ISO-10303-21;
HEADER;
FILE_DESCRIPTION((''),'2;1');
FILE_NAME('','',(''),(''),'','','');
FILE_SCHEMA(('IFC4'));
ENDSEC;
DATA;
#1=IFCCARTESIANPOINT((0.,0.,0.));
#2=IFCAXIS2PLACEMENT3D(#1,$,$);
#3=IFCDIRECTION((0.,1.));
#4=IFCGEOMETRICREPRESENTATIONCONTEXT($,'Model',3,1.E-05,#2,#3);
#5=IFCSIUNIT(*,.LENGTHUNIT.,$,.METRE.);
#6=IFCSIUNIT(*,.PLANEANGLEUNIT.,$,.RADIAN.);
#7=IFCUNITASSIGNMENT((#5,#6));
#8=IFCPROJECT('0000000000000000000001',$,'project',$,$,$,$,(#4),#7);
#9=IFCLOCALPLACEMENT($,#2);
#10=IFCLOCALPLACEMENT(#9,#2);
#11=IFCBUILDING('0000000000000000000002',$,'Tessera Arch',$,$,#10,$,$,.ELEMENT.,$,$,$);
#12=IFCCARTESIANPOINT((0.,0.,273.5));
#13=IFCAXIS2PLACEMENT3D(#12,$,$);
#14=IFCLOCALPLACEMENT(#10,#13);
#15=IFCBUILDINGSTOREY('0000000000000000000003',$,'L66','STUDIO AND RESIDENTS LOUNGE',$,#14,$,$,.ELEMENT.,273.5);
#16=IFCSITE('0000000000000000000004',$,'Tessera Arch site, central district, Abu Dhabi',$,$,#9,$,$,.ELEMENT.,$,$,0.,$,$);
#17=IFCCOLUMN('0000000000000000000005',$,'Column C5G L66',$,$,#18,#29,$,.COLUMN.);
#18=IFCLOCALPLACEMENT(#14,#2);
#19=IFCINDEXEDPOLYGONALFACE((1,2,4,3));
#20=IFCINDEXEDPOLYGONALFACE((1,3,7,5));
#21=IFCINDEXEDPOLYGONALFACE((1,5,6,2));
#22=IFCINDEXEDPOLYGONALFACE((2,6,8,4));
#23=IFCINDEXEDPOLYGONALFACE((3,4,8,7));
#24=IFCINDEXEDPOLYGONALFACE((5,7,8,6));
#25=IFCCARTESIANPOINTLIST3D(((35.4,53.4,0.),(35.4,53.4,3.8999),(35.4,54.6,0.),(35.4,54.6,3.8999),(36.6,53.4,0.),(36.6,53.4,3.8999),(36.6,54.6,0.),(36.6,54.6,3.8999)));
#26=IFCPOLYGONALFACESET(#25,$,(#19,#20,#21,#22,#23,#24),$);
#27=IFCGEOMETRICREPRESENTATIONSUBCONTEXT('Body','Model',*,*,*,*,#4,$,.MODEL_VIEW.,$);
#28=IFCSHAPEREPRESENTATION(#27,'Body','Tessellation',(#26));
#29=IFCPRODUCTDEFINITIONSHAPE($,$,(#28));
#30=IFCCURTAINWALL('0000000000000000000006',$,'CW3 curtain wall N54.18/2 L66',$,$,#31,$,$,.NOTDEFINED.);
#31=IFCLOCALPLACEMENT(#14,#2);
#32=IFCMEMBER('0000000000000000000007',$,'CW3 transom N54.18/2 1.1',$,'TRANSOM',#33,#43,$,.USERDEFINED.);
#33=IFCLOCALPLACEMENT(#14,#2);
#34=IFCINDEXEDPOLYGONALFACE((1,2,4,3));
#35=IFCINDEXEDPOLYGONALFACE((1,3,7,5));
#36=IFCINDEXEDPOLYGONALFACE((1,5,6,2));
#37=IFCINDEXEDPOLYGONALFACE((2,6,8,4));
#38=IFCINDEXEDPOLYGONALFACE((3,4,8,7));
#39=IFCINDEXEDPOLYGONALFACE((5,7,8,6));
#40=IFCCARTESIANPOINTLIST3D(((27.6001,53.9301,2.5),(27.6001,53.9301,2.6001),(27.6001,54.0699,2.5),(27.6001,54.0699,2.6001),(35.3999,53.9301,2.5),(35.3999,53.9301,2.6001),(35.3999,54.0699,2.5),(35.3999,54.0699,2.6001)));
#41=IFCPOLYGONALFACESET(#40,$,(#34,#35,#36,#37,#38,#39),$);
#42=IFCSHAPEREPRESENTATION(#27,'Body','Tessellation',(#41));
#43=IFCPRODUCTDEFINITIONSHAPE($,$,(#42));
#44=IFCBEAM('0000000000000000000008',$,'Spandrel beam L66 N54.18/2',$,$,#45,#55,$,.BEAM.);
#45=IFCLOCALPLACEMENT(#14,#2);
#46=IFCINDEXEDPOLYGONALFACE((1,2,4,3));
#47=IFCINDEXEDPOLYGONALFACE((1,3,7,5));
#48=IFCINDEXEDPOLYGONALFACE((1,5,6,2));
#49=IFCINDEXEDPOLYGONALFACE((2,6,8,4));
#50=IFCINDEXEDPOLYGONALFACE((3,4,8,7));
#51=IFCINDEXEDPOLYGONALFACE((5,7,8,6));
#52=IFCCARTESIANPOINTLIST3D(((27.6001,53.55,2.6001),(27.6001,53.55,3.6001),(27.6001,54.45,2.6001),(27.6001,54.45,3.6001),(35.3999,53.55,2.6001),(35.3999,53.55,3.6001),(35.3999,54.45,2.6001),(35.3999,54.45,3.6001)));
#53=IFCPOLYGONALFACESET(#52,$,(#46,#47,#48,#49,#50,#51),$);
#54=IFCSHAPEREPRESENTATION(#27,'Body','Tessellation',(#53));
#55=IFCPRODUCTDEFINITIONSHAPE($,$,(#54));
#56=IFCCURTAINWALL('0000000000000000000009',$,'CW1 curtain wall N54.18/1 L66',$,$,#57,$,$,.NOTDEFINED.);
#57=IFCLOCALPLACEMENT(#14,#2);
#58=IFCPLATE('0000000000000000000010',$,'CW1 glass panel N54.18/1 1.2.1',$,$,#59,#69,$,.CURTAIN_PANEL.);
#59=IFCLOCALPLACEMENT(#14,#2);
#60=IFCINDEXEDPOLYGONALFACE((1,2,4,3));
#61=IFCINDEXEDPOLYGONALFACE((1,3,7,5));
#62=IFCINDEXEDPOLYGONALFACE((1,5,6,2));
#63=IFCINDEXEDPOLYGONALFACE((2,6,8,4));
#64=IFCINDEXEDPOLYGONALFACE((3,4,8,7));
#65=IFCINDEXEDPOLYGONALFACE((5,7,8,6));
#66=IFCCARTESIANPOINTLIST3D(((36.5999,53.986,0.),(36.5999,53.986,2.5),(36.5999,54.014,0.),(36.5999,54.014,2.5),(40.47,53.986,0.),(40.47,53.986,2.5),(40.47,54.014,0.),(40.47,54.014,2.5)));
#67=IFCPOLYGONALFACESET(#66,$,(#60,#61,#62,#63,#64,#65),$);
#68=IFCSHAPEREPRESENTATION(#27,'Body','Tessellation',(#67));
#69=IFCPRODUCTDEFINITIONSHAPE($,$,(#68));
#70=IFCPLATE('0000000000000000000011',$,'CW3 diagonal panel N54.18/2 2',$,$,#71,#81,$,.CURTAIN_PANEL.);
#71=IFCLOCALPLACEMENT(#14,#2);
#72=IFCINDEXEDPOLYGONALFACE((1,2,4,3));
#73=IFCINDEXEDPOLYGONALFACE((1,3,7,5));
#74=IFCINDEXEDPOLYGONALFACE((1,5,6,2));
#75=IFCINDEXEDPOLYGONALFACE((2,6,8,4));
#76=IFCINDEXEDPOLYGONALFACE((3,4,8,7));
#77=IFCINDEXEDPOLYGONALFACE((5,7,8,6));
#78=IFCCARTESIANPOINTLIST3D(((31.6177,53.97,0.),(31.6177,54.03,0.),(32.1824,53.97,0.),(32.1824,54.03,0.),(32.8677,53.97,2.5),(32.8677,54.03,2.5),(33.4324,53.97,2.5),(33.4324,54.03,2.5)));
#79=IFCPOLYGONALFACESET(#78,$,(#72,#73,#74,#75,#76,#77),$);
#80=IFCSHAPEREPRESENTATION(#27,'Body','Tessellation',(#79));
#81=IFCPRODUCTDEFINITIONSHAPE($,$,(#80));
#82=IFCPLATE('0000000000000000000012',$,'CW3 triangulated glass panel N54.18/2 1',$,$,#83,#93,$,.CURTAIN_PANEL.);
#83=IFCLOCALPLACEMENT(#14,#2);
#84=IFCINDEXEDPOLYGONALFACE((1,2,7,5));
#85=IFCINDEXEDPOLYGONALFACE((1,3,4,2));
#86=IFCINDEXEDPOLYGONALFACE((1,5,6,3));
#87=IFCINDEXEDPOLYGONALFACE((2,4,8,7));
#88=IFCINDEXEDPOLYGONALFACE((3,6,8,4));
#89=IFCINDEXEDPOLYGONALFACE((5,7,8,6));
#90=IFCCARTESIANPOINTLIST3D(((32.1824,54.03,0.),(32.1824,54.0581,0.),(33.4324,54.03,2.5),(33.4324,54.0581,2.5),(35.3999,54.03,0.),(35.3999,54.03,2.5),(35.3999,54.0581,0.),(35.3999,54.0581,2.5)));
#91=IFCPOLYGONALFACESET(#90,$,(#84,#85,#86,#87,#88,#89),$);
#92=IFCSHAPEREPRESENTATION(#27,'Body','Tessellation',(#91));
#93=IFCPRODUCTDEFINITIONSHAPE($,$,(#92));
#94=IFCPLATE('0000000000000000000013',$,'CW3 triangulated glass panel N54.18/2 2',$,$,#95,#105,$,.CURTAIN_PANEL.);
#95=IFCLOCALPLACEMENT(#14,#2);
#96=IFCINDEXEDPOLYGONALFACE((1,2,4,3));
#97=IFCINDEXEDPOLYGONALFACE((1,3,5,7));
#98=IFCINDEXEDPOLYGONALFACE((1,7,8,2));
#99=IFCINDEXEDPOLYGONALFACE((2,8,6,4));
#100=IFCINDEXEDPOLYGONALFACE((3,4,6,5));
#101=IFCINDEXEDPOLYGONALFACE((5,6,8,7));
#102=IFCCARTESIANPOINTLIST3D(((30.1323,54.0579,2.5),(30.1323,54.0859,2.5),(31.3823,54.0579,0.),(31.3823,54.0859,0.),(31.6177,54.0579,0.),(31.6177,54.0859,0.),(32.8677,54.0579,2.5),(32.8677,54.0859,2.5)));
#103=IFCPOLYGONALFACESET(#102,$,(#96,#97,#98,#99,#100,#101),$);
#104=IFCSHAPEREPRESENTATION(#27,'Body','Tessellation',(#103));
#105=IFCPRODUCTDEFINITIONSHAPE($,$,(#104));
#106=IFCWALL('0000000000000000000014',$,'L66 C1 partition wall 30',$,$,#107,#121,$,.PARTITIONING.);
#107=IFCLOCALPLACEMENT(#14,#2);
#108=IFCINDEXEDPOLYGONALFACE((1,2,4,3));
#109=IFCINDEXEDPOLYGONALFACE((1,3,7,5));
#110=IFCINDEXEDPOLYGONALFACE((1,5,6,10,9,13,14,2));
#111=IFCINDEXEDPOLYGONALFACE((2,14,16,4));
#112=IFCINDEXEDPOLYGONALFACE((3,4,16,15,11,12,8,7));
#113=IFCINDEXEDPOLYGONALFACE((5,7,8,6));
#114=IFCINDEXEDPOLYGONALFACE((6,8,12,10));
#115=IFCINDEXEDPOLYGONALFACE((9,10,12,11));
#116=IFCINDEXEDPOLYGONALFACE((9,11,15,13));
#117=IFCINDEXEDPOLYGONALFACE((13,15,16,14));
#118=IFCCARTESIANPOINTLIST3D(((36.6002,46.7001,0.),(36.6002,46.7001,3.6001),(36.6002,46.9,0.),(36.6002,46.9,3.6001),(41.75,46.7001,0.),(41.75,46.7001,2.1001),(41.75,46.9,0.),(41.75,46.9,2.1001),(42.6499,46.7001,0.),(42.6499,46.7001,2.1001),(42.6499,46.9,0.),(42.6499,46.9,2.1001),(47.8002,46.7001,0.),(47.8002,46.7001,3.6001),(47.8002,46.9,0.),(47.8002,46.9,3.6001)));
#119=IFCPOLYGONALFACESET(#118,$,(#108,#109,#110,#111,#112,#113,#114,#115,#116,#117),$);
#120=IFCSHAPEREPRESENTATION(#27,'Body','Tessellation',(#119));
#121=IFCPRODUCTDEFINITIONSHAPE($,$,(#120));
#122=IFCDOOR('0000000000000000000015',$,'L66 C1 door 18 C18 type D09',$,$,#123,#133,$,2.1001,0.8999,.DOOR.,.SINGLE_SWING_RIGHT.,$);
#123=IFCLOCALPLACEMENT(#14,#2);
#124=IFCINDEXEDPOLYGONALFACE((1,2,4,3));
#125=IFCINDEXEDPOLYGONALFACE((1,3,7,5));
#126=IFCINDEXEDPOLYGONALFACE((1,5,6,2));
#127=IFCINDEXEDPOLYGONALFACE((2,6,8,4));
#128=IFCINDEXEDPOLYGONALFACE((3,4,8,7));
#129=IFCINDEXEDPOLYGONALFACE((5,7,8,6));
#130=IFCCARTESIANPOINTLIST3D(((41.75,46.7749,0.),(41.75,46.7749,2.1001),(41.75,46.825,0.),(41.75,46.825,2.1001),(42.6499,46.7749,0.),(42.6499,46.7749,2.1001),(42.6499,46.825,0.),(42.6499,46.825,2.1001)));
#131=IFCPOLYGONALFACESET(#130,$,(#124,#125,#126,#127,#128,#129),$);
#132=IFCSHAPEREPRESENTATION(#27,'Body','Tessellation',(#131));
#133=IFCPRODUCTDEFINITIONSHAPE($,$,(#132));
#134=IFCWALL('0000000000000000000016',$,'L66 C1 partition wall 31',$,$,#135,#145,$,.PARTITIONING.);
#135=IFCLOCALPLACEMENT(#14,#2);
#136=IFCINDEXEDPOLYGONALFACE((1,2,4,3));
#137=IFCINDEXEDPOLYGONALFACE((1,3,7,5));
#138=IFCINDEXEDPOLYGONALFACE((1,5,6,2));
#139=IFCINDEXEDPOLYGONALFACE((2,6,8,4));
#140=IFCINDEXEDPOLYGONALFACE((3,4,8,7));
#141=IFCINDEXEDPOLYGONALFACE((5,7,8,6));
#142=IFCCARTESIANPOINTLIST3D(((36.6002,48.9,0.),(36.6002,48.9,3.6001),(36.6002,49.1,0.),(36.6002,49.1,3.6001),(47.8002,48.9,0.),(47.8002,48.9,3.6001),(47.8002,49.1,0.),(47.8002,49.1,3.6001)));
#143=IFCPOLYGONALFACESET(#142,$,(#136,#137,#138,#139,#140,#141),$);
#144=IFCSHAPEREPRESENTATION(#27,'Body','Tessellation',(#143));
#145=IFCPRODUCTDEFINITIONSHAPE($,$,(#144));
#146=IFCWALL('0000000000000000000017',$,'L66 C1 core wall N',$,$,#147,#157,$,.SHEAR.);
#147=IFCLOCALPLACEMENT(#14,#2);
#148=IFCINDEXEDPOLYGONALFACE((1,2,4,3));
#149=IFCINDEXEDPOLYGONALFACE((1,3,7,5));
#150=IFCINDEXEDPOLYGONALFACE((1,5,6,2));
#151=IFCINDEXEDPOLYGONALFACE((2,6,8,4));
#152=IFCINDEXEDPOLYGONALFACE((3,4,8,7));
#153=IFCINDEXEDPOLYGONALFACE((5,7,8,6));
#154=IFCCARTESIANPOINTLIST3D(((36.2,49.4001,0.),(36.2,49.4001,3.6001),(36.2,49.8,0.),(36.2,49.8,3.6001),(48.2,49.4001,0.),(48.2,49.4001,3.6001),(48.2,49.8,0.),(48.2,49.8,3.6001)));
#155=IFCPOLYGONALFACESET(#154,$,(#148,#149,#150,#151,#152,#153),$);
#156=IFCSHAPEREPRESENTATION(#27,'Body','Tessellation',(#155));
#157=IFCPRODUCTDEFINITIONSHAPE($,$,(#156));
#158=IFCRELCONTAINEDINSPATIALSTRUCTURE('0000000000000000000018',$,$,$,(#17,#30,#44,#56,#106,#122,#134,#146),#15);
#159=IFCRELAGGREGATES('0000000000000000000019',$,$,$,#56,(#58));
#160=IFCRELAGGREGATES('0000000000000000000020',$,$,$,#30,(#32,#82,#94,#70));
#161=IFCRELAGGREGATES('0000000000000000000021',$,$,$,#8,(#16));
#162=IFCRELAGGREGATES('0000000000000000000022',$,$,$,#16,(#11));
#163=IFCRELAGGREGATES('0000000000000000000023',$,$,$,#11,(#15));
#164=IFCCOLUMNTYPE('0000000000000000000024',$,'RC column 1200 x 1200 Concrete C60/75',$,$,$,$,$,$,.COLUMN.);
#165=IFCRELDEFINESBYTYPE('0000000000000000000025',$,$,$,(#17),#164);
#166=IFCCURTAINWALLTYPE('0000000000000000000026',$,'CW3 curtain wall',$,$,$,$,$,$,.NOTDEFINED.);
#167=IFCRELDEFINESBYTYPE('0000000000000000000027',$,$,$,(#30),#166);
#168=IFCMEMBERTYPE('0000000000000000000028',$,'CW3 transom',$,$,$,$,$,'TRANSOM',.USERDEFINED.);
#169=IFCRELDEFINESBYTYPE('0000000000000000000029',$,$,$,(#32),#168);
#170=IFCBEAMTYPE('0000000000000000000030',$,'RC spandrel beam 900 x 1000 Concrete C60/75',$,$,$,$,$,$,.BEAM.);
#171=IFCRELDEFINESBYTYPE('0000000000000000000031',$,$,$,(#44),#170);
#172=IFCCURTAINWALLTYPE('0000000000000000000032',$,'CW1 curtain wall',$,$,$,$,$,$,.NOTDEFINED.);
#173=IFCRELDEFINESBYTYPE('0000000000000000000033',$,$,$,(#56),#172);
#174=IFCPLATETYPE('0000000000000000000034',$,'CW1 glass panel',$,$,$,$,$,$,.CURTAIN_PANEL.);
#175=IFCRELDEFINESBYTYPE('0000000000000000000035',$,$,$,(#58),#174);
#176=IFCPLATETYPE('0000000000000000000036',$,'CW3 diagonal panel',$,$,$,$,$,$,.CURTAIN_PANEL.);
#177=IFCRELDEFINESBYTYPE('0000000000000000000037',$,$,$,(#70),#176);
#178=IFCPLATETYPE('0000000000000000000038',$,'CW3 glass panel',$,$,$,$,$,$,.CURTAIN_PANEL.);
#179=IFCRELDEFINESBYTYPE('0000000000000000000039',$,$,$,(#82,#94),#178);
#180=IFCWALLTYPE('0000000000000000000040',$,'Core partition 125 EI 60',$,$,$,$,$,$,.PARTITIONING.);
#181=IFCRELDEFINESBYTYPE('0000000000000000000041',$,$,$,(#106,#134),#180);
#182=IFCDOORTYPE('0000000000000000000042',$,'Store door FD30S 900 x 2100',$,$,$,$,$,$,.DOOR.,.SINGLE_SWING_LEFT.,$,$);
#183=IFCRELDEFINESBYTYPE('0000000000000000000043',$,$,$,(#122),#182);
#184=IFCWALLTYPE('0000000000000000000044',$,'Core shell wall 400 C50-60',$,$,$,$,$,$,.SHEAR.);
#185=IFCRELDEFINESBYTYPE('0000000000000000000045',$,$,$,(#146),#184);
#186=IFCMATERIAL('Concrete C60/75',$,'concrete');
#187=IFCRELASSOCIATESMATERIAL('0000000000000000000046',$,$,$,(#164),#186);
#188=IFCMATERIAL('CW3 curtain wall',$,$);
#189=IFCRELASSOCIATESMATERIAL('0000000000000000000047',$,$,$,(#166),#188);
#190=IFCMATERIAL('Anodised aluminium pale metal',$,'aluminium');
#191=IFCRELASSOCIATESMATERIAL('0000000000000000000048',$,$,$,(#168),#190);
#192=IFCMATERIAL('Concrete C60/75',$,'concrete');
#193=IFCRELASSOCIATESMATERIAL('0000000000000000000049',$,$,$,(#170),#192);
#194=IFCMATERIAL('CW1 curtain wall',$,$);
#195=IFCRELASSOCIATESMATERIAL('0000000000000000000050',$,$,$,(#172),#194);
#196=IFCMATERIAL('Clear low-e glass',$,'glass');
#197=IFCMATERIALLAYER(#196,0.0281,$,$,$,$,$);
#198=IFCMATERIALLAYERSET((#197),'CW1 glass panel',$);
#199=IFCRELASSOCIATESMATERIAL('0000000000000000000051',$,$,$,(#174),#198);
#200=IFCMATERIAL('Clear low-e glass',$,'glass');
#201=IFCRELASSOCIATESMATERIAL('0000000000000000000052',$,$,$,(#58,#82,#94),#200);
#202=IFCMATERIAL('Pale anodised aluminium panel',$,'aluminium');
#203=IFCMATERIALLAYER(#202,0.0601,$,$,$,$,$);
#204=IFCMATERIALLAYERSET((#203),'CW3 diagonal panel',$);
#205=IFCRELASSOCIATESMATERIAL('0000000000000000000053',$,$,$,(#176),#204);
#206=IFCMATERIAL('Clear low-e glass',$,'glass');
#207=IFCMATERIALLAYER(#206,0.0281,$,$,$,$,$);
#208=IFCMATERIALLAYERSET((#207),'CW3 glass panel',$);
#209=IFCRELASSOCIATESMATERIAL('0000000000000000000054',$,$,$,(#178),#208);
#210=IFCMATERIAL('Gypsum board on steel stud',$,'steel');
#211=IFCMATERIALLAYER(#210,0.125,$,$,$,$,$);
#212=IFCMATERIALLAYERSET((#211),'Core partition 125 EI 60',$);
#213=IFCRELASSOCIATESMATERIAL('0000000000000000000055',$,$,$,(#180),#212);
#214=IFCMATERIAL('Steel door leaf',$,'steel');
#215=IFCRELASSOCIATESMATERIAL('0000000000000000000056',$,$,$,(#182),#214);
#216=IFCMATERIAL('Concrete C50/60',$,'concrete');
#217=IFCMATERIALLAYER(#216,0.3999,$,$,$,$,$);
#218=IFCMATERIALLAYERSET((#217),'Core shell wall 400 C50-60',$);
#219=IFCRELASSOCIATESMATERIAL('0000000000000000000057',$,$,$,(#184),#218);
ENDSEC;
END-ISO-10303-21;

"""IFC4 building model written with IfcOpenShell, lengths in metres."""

from ifc_helpers import new_model, si_unit, direction, frame, frame_2d, origin, origin_2d, place, context, subcontext, project, spatial, polyline, rectangle, outline, extrude, material, layer, layer_set, material_profile, profile_set, type_object, element, fill, aggregate, save


model = new_model("IFC4")

# Units and contexts
model_context = context("Model", 3, precision=1e-05, world=origin(), true_north=direction((0.0, 1.0)))
body_context = subcontext(model_context, "Body", "Model", "MODEL_VIEW")
ifc_project = project(units=[si_unit("LENGTHUNIT", "METRE"), si_unit("PLANEANGLEUNIT", "RADIAN")], contexts=[model_context])

# Site, building, storey
site_placement = place(None, origin())
site = spatial("IfcSite", under=ifc_project, at=site_placement, Name="Tessera Arch site, central district, Abu Dhabi", CompositionType="ELEMENT", RefElevation=0.0)
building_placement = place(site_placement, origin())
building = spatial("IfcBuilding", under=site, at=building_placement, Name="Tessera Arch", CompositionType="ELEMENT")
storey_placement = place(building_placement, frame((0.0, 0.0, 273.5)))
storey = spatial("IfcBuildingStorey", under=building, at=storey_placement, Name="L66", Description="STUDIO AND RESIDENTS LOUNGE", CompositionType="ELEMENT", Elevation=273.5)

# Column
ifc_material_1 = material(Name="Concrete C60/75", Category="concrete")
ifc_material_profile_1 = material_profile(ifc_material_1, rectangle(XDim=1.2, YDim=1.2, at=origin_2d()), Name="RC column 1200 x 1200 Concrete C60/75")
ifc_profile_set_1 = profile_set([ifc_material_profile_1], Name="Concrete C60/75")
column_type = type_object("IfcColumnType", Name="RC column 1200 x 1200 Concrete C60/75", PredefinedType="COLUMN", material=ifc_profile_set_1)
column_placement = place(storey_placement, frame((36.0, 54.0, 0.0), z_axis=(0.0, 0.0, 1.0), x_axis=(1.0, 0.0, 0.0)))
element("IfcColumn", 1, at=column_placement, inside=storey, type_object=column_type, Name="Column C5G L66", PredefinedType="COLUMN", context=body_context, shape_type="SweptSolid", body=[
    extrude(rectangle(XDim=1.2, YDim=1.2, at=origin_2d()), origin(), (0.0, 0.0, 1.0), 3.8999),
])

# Curtain wall, member
ifc_material_2 = material(Name="CW3 curtain wall")
curtain_wall_type_1 = type_object("IfcCurtainWallType", Name="CW3 curtain wall", PredefinedType="NOTDEFINED", material=ifc_material_2)
curtain_wall_1_placement = place(storey_placement, origin())
curtain_wall_1 = element("IfcCurtainWall", 2, at=curtain_wall_1_placement, inside=storey, type_object=curtain_wall_type_1, Name="CW3 curtain wall N54.18/2 L66", PredefinedType="NOTDEFINED")
ifc_material_3 = material(Name="Anodised aluminium pale metal", Category="aluminium")
ifc_material_profile_2 = material_profile(ifc_material_3, rectangle(XDim=0.1399, YDim=0.1001, at=origin_2d()), Name="AL 140x100")
ifc_profile_set_2 = profile_set([ifc_material_profile_2], Name="Anodised aluminium pale metal")
member_type = type_object("IfcMemberType", Name="CW3 transom", ElementType="TRANSOM", PredefinedType="USERDEFINED", material=ifc_profile_set_2)
member_placement = place(storey_placement, frame((35.3999, 54.0, 2.55), z_axis=(-1.0, 0.0, 0.0), x_axis=(0.0, -1.0, 0.0)))
member = element("IfcMember", 3, at=member_placement, type_object=member_type, Name="CW3 transom N54.18/2 1.1", ObjectType="TRANSOM", PredefinedType="USERDEFINED", context=body_context, shape_type="SweptSolid", body=[
    extrude(rectangle(XDim=0.1399, YDim=0.1001, at=origin_2d()), origin(), (0.0, 0.0, 1.0), 7.7998),
])

# Beam
ifc_material_4 = material(Name="Concrete C60/75", Category="concrete")
ifc_material_profile_3 = material_profile(ifc_material_4, rectangle(XDim=0.8999, YDim=1.0, at=origin_2d()), Name="RC spandrel beam 900 x 1000 Concrete C60/75")
ifc_profile_set_3 = profile_set([ifc_material_profile_3], Name="Concrete C60/75")
beam_type = type_object("IfcBeamType", Name="RC spandrel beam 900 x 1000 Concrete C60/75", PredefinedType="BEAM", material=ifc_profile_set_3)
beam_placement = place(storey_placement, frame((35.3999, 54.0, 3.1001), z_axis=(-1.0, 0.0, 0.0), x_axis=(0.0, -1.0, 0.0)))
element("IfcBeam", 4, at=beam_placement, inside=storey, type_object=beam_type, Name="Spandrel beam L66 N54.18/2", PredefinedType="BEAM", context=body_context, shape_type="SweptSolid", body=[
    extrude(rectangle(XDim=0.8999, YDim=1.0, at=origin_2d()), origin(), (0.0, 0.0, 1.0), 7.7998),
])

# Curtain wall, plate
ifc_material_5 = material(Name="CW1 curtain wall")
curtain_wall_type_2 = type_object("IfcCurtainWallType", Name="CW1 curtain wall", PredefinedType="NOTDEFINED", material=ifc_material_5)
curtain_wall_2_placement = place(storey_placement, origin())
curtain_wall_2 = element("IfcCurtainWall", 5, at=curtain_wall_2_placement, inside=storey, type_object=curtain_wall_type_2, Name="CW1 curtain wall N54.18/1 L66", PredefinedType="NOTDEFINED")
ifc_material_6 = material(Name="Clear low-e glass", Category="glass")
ifc_material_7 = material(Name="Clear low-e glass", Category="glass")
ifc_layer_1 = layer(ifc_material_7, 0.0281)
ifc_layer_set_1 = layer_set([ifc_layer_1], Name="CW1 glass panel")
plate_type_1 = type_object("IfcPlateType", Name="CW1 glass panel", PredefinedType="CURTAIN_PANEL", material=ifc_layer_set_1)
plate_1_placement = place(storey_placement, frame((38.5349, 54.0, 0.0), z_axis=(0.0, 0.0, 1.0), x_axis=(-1.0, 0.0, 0.0)))
plate_1 = element("IfcPlate", 6, at=plate_1_placement, type_object=plate_type_1, material=ifc_material_6, Name="CW1 glass panel N54.18/1 1.2.1", PredefinedType="CURTAIN_PANEL", context=body_context, shape_type="SweptSolid", body=[
    extrude(rectangle(XDim=3.8701, YDim=0.0281, at=origin_2d()), origin(), (0.0, 0.0, 1.0), 2.5),
])
aggregate(curtain_wall_2, [plate_1])

# Plates
ifc_material_8 = material(Name="Pale anodised aluminium panel", Category="aluminium")
ifc_layer_2 = layer(ifc_material_8, 0.0601)
ifc_layer_set_2 = layer_set([ifc_layer_2], Name="CW3 diagonal panel")
plate_type_2 = type_object("IfcPlateType", Name="CW3 diagonal panel", PredefinedType="CURTAIN_PANEL", material=ifc_layer_set_2)
plate_2_placement = place(storey_placement, frame((32.8677, 54.03, 2.5), z_axis=(0.0, 1.0, 0.0), x_axis=(1.0, 0.0, 0.0)))
plate_2 = element("IfcPlate", 7, at=plate_2_placement, type_object=plate_type_2, Name="CW3 diagonal panel N54.18/2 2", PredefinedType="CURTAIN_PANEL", context=body_context, shape_type="SweptSolid", body=[
    extrude(outline(polyline([(0.0, 0.0), (0.5647, 0.0), (-0.6853, 2.5), (-1.25, 2.5), (0.0, 0.0)])), origin(), (0.0, 0.0, -1.0), 0.0601),
])
ifc_material_9 = material(Name="Clear low-e glass", Category="glass")
ifc_layer_3 = layer(ifc_material_9, 0.0281)
ifc_layer_set_3 = layer_set([ifc_layer_3], Name="CW3 glass panel")
plate_type_3 = type_object("IfcPlateType", Name="CW3 glass panel", PredefinedType="CURTAIN_PANEL", material=ifc_layer_set_3)
plate_3_placement = place(storey_placement, frame((35.3999, 54.0581, 0.0), z_axis=(0.0, 1.0, 0.0), x_axis=(-1.0, 0.0, 0.0)))
plate_3 = element("IfcPlate", 8, at=plate_3_placement, type_object=plate_type_3, material=ifc_material_6, Name="CW3 triangulated glass panel N54.18/2 1", PredefinedType="CURTAIN_PANEL", context=body_context, shape_type="SweptSolid", body=[
    extrude(outline(polyline([(0.0, 0.0), (3.2175, 0.0), (1.9675, 2.5), (0.0, 2.5), (0.0, 0.0)])), origin(), (0.0, 0.0, -1.0), 0.0281),
])
plate_4_placement = place(storey_placement, frame((30.1323, 54.0859, 2.5), z_axis=(0.0, 1.0, 0.0), x_axis=(1.0, 0.0, 0.0)))
plate_4 = element("IfcPlate", 9, at=plate_4_placement, type_object=plate_type_3, material=ifc_material_6, Name="CW3 triangulated glass panel N54.18/2 2", PredefinedType="CURTAIN_PANEL", context=body_context, shape_type="SweptSolid", body=[
    extrude(outline(polyline([(0.0, 0.0), (2.7354, 0.0), (1.4854, 2.5), (1.25, 2.5), (0.0, 0.0)])), origin(), (0.0, 0.0, -1.0), 0.0281),
])
aggregate(curtain_wall_1, [member, plate_3, plate_4, plate_2])

# Wall, opening, door
ifc_material_10 = material(Name="Gypsum board on steel stud", Category="steel")
ifc_layer_4 = layer(ifc_material_10, 0.125)
ifc_layer_set_4 = layer_set([ifc_layer_4], Name="Core partition 125 EI 60")
wall_type_1 = type_object("IfcWallType", Name="Core partition 125 EI 60", PredefinedType="PARTITIONING", material=ifc_layer_set_4)
wall_1_placement = place(storey_placement, frame((36.6001, 46.8, 0.0), z_axis=(0.0, 0.0, 1.0), x_axis=(1.0, 0.0, 0.0)))
wall_1 = element("IfcWall", 10, at=wall_1_placement, inside=storey, type_object=wall_type_1, Name="L66 C1 partition wall 30", PredefinedType="PARTITIONING", context=body_context, shape_type="SweptSolid", body=[
    extrude(rectangle(XDim=11.2, YDim=0.2, at=frame_2d((5.6001, 0.0))), origin(), (0.0, 0.0, 1.0), 3.6001),
])
opening_1_placement = place(wall_1_placement, frame((5.1499, 0.0, 0.0)))
opening_1 = element("IfcOpeningElement", 11, at=opening_1_placement, cuts=wall_1, PredefinedType="OPENING", context=body_context, shape_type="SweptSolid", body=[
    extrude(rectangle(XDim=0.8999, YDim=2.1001, at=frame_2d((0.45, 1.05))), frame((0.0, 0.1099, 0.0), z_axis=(0.0, -1.0, 0.0), x_axis=(1.0, 0.0, 0.0)), (0.0, 0.0, 1.0), 0.22),
])
ifc_material_11 = material(Name="Steel door leaf", Category="steel")
door_type_1 = type_object("IfcDoorType", Name="Store door FD30S 900 x 2100", OperationType="SINGLE_SWING_LEFT", PredefinedType="DOOR", material=ifc_material_11)
door_1_placement = place(opening_1_placement, origin())
door_1 = element("IfcDoor", 12, at=door_1_placement, inside=storey, type_object=door_type_1, Name="L66 C1 door 18 C18 type D09", OperationType="SINGLE_SWING_RIGHT", OverallHeight=2.1001, OverallWidth=0.8999, PredefinedType="DOOR", context=body_context, shape_type="SweptSolid", body=[
    extrude(rectangle(XDim=0.8999, YDim=2.1001, at=frame_2d((0.45, 1.05))), frame((0.0, 0.0249, 0.0), z_axis=(0.0, -1.0, 0.0), x_axis=(1.0, 0.0, 0.0)), (0.0, 0.0, 1.0), 0.05),
])
fill(opening_1, door_1)

# Walls
wall_2_placement = place(storey_placement, frame((36.6001, 49.0, 0.0), z_axis=(0.0, 0.0, 1.0), x_axis=(1.0, 0.0, 0.0)))
element("IfcWall", 13, at=wall_2_placement, inside=storey, type_object=wall_type_1, Name="L66 C1 partition wall 31", PredefinedType="PARTITIONING", context=body_context, shape_type="SweptSolid", body=[
    extrude(rectangle(XDim=11.2, YDim=0.2, at=frame_2d((5.6001, 0.0))), origin(), (0.0, 0.0, 1.0), 3.6001),
])
ifc_material_12 = material(Name="Concrete C50/60", Category="concrete")
ifc_layer_5 = layer(ifc_material_12, 0.3999)
ifc_layer_set_5 = layer_set([ifc_layer_5], Name="Core shell wall 400 C50-60")
wall_type_2 = type_object("IfcWallType", Name="Core shell wall 400 C50-60", PredefinedType="SHEAR", material=ifc_layer_set_5)
wall_3_placement = place(storey_placement, frame((36.2, 49.6001, 0.0), z_axis=(0.0, 0.0, 1.0), x_axis=(1.0, 0.0, 0.0)))
element("IfcWall", 14, at=wall_3_placement, inside=storey, type_object=wall_type_2, Name="L66 C1 core wall N", PredefinedType="SHEAR", context=body_context, shape_type="SweptSolid", body=[
    extrude(rectangle(XDim=12.0, YDim=0.3999, at=frame_2d((6.0, 0.0))), origin(), (0.0, 0.0, 1.0), 3.6001),
])

save(model, "model.ifc")
